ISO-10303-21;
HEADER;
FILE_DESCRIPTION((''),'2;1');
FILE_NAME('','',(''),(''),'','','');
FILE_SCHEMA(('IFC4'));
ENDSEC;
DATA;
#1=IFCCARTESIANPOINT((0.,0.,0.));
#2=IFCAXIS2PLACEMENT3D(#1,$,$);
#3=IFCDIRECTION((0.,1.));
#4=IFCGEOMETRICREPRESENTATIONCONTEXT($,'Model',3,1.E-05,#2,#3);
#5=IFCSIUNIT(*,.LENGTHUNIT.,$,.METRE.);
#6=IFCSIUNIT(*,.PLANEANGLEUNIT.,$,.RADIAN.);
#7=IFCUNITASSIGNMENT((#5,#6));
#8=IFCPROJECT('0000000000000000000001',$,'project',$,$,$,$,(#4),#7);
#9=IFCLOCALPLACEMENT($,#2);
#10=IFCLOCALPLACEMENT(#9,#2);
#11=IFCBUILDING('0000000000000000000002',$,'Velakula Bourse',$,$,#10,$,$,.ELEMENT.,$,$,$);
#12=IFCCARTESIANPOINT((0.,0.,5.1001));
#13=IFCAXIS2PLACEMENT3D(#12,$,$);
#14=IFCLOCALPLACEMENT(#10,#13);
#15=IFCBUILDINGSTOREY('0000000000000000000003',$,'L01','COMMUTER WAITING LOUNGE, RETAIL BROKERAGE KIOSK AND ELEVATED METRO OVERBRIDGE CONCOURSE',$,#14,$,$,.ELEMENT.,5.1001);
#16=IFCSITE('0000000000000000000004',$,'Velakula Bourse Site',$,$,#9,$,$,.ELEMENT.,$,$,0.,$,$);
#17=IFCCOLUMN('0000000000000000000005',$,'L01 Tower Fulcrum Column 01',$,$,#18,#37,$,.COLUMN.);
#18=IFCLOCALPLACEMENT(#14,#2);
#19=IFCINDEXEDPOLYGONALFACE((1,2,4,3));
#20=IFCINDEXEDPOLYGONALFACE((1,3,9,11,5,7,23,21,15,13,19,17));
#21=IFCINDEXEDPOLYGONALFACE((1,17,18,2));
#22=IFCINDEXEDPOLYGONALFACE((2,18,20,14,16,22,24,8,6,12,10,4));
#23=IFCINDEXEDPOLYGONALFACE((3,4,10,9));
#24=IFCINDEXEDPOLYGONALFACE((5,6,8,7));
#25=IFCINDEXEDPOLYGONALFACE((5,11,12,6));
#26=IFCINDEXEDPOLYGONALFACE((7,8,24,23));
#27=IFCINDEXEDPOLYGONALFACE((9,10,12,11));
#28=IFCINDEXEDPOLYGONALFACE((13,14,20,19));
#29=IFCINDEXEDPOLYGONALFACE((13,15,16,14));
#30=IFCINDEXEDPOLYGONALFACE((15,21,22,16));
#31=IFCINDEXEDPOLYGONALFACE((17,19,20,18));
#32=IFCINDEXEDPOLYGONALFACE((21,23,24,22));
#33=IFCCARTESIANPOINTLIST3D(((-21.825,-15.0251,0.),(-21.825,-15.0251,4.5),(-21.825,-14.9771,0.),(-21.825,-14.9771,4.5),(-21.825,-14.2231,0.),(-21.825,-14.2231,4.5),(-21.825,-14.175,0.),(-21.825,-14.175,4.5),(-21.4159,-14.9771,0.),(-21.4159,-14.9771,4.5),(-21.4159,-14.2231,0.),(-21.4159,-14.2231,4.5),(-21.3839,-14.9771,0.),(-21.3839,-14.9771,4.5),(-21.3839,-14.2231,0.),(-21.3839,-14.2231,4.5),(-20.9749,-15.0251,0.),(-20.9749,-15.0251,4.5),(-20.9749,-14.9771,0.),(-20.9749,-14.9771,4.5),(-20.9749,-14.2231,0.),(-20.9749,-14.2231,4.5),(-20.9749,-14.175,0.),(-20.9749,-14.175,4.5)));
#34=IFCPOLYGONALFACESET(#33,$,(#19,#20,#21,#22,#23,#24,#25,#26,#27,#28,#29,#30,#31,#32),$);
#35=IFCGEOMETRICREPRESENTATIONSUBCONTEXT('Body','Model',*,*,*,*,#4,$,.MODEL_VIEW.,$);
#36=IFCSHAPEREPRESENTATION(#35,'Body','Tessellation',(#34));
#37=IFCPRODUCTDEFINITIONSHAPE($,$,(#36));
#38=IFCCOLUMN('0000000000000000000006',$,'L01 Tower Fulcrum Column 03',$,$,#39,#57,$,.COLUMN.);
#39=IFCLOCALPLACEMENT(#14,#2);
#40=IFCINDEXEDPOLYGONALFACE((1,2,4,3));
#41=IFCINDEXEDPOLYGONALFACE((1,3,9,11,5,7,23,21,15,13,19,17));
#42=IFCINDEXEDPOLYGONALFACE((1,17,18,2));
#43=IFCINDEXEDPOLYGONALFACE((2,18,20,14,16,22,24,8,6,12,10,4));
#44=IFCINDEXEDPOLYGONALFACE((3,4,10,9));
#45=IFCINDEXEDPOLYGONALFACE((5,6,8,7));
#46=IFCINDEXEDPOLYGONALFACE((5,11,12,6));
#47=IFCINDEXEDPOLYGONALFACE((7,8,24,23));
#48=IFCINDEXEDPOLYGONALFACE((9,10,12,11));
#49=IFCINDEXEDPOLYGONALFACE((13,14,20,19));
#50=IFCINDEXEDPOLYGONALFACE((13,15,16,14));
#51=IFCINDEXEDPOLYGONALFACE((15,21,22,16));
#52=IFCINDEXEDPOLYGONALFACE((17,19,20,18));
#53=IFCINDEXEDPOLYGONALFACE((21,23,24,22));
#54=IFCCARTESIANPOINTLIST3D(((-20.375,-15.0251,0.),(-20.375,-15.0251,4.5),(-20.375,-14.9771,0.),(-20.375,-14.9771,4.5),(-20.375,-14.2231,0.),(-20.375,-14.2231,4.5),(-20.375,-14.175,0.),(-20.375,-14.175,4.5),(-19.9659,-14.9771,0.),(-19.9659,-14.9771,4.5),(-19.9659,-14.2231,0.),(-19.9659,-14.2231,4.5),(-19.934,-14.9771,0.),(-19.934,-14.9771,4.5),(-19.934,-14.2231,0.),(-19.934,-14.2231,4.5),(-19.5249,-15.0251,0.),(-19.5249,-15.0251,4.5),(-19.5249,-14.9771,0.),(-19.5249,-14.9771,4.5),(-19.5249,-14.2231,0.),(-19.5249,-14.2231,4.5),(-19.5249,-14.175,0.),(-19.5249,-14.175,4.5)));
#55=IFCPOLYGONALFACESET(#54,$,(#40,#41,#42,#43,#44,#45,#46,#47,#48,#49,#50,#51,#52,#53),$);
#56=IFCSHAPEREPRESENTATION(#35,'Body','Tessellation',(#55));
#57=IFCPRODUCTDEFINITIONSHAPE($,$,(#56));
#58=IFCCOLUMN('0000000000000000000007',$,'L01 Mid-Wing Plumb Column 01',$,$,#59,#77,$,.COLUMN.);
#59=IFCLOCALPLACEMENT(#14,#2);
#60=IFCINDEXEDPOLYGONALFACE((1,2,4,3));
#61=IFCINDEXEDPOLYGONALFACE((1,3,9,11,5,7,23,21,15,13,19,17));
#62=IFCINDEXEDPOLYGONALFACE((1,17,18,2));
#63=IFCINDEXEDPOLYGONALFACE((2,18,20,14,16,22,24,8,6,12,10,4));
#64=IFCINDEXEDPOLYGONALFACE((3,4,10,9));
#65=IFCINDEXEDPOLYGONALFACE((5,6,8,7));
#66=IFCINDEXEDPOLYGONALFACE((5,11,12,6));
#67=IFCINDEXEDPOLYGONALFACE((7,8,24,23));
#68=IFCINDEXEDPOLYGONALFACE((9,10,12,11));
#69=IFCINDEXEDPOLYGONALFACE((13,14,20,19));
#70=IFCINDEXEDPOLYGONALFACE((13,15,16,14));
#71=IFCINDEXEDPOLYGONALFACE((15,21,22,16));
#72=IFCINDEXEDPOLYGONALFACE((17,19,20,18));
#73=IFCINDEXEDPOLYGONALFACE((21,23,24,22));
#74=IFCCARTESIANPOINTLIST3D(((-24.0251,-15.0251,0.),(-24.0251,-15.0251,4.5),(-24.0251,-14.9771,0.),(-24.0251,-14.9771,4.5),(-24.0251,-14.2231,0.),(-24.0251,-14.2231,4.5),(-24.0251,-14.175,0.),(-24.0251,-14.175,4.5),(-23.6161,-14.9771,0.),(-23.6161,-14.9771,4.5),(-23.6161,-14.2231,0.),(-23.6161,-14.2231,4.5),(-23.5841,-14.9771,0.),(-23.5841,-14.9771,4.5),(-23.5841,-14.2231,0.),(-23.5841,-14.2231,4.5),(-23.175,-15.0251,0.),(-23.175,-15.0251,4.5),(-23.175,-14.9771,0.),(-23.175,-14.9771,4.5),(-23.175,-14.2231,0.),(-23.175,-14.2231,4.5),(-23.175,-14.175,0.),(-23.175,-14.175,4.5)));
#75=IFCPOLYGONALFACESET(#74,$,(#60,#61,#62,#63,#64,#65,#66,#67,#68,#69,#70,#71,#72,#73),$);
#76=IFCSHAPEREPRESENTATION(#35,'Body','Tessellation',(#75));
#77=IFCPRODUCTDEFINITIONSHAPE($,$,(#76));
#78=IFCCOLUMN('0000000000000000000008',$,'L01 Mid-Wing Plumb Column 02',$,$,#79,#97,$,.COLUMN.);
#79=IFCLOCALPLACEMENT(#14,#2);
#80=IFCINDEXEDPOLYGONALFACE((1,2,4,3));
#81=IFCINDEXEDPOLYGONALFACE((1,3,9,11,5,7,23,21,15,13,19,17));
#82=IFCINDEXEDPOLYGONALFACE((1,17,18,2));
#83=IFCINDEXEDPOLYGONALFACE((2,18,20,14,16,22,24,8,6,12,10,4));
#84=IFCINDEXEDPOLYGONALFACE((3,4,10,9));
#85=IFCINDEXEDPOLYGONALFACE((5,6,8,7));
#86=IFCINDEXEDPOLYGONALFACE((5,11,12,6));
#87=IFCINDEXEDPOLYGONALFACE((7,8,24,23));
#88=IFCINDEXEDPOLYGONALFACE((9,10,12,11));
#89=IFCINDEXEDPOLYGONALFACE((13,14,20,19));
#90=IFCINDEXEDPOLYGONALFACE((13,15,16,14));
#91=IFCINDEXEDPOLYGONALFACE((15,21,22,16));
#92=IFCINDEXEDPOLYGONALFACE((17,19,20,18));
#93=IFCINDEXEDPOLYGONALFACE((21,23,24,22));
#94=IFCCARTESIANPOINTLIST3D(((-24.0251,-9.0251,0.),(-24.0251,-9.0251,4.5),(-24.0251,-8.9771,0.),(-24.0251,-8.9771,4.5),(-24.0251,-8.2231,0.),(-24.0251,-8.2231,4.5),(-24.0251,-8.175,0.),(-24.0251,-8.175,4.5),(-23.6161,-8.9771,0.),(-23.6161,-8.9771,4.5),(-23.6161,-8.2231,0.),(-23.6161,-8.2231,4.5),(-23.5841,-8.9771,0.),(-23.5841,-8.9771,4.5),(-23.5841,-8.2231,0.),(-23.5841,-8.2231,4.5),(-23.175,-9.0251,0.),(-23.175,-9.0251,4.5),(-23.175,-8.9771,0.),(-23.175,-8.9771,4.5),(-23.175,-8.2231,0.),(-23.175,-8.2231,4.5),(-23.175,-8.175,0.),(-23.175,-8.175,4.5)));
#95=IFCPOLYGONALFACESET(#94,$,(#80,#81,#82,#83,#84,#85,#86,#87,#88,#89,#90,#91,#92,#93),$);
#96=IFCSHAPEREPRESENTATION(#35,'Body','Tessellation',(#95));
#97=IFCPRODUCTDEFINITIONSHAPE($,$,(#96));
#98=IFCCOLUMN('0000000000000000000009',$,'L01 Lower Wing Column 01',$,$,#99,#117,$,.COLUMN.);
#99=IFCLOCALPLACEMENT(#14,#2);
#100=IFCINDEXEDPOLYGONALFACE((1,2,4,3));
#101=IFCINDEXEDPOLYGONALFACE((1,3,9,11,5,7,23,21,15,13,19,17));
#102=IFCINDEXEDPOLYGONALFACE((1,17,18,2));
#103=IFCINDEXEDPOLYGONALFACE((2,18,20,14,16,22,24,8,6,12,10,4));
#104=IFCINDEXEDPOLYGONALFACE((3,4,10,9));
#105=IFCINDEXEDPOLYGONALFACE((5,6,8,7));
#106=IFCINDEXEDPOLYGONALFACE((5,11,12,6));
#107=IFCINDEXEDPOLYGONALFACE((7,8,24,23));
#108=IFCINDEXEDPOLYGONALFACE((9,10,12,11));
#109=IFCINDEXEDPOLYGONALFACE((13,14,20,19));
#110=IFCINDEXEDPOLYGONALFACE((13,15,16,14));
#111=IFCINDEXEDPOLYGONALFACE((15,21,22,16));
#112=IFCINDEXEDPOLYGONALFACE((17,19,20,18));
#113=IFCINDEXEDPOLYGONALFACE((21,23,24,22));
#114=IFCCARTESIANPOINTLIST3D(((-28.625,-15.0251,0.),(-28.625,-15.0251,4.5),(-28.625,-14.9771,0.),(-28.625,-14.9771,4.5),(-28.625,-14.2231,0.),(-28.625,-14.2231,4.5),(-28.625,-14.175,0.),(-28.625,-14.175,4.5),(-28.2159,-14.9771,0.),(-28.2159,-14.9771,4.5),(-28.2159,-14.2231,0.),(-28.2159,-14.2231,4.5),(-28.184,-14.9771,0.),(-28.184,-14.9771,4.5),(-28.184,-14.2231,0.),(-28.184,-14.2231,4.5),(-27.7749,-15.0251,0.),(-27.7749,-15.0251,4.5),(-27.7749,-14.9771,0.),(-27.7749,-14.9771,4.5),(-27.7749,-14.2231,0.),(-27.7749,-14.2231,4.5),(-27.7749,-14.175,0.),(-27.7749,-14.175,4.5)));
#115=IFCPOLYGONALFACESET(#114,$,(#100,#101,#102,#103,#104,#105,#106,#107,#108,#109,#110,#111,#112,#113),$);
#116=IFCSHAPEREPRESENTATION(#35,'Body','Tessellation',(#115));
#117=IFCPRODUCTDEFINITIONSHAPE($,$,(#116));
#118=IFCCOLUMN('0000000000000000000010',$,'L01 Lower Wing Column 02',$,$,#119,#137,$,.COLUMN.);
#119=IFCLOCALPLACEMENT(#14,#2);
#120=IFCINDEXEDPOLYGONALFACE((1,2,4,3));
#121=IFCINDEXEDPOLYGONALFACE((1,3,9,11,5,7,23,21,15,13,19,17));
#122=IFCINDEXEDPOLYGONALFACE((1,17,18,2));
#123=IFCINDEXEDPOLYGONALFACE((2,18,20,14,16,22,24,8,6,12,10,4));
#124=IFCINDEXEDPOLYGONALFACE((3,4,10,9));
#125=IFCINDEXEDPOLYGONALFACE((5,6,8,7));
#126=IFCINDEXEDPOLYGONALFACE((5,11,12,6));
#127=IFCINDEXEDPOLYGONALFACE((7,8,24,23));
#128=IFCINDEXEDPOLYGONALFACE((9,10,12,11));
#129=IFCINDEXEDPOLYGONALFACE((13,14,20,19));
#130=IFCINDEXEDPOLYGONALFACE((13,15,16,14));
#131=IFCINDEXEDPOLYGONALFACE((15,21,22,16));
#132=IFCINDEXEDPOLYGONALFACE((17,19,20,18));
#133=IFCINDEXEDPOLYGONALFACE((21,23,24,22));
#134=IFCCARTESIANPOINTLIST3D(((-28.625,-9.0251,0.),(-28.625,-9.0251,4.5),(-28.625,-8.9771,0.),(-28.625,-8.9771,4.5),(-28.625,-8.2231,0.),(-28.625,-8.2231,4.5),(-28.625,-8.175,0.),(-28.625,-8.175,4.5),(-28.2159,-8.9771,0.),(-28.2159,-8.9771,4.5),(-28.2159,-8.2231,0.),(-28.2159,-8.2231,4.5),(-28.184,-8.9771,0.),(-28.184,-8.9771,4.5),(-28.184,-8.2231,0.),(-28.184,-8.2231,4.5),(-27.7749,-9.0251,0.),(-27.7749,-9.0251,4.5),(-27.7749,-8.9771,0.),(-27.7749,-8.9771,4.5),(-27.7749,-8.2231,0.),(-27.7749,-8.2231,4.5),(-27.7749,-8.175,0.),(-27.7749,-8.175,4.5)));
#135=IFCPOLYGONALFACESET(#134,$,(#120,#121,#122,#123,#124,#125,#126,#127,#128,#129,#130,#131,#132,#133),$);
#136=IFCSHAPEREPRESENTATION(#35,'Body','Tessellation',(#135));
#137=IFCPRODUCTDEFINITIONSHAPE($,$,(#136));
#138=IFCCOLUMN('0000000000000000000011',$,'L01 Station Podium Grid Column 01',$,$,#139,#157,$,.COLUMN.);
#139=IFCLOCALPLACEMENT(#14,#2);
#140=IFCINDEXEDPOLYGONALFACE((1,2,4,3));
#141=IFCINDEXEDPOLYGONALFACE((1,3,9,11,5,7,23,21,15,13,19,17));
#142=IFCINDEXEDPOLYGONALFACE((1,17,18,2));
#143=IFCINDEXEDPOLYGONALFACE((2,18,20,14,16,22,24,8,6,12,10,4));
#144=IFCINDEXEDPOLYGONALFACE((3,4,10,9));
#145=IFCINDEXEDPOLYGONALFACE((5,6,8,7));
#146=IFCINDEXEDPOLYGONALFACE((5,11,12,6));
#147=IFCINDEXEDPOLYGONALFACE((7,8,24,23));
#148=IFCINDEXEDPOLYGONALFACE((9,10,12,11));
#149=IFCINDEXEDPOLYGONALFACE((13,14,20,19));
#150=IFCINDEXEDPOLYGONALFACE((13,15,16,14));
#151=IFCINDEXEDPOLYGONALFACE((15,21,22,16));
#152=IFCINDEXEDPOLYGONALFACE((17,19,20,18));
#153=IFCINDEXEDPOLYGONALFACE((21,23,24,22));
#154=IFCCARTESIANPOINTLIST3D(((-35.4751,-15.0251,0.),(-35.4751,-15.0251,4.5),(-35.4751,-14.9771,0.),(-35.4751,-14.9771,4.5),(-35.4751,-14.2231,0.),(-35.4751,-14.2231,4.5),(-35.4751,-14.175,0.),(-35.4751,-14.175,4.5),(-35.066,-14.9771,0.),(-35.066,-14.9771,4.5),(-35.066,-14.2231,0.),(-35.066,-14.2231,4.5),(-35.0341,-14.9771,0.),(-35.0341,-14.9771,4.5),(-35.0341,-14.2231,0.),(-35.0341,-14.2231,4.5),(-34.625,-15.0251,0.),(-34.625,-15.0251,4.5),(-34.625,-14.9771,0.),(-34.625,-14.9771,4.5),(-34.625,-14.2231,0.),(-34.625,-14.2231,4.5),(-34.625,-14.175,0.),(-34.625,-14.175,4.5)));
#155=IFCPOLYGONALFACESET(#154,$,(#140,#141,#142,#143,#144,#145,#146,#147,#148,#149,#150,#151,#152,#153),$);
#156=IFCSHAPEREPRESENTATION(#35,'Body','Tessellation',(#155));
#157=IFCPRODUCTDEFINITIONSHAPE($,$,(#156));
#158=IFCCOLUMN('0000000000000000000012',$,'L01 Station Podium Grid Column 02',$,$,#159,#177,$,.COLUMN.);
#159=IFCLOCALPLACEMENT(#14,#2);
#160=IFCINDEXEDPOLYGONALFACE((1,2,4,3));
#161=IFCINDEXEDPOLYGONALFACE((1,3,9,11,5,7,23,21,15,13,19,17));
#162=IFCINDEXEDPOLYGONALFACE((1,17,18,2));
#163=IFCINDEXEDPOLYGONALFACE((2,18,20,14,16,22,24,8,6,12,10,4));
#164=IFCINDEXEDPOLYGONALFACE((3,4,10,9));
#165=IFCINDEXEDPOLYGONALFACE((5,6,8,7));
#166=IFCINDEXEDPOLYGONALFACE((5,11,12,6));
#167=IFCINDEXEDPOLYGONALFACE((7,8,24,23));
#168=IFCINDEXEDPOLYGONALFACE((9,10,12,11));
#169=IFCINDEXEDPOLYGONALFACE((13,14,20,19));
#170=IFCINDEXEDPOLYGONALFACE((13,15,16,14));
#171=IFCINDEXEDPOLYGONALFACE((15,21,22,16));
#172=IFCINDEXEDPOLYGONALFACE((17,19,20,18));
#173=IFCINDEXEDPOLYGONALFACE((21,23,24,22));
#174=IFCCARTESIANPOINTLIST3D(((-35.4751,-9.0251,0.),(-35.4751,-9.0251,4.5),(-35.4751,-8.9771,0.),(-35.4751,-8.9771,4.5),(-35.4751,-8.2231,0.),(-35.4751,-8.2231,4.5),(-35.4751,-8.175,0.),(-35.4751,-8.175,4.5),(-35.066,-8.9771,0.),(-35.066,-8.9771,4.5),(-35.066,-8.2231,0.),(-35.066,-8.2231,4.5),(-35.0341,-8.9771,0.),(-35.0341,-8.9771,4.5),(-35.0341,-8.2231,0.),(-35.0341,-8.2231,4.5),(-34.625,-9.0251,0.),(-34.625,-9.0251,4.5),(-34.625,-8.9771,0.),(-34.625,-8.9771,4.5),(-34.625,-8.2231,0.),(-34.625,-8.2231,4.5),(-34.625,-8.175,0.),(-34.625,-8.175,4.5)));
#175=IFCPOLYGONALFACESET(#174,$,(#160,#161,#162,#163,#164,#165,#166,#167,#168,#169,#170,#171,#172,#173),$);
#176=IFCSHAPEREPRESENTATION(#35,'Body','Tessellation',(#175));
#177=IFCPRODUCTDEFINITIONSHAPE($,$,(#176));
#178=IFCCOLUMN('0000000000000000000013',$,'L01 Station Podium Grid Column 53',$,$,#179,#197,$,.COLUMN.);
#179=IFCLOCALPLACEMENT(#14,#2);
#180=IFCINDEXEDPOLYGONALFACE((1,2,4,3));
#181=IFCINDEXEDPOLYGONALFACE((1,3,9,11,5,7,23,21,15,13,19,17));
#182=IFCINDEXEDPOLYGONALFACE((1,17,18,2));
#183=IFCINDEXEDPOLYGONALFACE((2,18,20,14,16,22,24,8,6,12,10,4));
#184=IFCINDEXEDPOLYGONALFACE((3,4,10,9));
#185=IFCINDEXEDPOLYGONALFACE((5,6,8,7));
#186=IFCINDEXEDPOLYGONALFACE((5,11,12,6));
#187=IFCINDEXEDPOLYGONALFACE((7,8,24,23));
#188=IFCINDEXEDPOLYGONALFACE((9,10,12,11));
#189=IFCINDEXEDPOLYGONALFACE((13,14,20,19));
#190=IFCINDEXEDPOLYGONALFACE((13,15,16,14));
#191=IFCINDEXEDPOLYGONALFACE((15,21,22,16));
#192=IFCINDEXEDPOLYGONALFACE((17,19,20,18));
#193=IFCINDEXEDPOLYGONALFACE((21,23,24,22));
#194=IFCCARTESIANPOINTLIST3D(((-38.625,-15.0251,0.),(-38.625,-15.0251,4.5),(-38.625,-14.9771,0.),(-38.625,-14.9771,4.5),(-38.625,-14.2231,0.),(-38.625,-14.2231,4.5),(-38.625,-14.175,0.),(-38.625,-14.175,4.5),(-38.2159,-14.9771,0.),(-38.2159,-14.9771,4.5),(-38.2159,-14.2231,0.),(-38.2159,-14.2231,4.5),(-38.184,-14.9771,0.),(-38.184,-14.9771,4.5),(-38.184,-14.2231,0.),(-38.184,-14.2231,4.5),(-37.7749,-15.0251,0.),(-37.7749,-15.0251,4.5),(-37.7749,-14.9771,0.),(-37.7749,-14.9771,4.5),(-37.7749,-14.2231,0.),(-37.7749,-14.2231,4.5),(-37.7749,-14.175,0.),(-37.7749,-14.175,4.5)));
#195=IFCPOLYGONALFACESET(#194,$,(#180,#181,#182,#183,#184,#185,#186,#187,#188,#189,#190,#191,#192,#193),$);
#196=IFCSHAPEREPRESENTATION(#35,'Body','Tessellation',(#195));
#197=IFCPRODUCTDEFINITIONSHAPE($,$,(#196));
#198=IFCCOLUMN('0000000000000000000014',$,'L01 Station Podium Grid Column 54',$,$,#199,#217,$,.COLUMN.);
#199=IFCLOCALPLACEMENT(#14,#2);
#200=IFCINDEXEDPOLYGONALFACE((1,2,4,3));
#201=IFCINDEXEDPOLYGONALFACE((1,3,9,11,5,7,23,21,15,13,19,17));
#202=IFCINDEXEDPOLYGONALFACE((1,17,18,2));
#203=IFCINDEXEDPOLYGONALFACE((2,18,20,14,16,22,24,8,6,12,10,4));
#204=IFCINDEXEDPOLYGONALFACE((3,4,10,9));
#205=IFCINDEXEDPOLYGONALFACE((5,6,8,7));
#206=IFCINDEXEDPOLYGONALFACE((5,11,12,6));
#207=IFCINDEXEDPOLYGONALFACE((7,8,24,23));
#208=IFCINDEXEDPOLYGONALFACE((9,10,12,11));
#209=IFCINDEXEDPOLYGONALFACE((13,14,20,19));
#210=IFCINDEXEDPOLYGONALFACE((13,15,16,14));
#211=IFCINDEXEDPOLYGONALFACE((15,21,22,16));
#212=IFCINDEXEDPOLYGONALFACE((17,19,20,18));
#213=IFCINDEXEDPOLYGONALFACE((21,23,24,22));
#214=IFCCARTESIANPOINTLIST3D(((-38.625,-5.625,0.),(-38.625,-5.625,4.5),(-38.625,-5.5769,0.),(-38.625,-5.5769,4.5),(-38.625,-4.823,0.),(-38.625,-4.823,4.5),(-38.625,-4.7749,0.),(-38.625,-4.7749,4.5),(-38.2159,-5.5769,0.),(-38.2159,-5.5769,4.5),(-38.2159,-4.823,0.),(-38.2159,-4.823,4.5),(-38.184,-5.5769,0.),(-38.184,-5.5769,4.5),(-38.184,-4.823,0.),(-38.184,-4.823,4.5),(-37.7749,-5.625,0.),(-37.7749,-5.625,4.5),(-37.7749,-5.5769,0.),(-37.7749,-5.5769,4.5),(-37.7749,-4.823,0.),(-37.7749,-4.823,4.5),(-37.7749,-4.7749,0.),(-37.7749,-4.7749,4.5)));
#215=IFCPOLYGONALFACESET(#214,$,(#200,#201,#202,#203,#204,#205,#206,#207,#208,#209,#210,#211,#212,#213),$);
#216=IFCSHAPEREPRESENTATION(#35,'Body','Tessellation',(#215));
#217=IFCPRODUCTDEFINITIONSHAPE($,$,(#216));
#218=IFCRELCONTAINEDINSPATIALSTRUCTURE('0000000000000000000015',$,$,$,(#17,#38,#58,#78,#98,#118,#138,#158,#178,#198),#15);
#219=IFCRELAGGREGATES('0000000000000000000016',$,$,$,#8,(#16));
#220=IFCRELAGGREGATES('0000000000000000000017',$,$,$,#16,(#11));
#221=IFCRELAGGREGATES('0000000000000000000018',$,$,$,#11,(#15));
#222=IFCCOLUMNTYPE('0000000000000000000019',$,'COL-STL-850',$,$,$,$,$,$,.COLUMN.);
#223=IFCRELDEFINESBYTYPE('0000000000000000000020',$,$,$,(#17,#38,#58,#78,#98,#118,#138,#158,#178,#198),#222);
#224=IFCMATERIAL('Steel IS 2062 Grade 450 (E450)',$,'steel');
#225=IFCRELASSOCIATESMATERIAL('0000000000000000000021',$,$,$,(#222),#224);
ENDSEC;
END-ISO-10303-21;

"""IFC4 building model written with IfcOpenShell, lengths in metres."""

from ifc_helpers import new_model, si_unit, direction, frame, origin, origin_2d, place, context, subcontext, project, spatial, i_section, extrude, material, material_profile, profile_set, type_object, element, save


model = new_model("IFC4")

# Units and contexts
model_context = context("Model", 3, precision=1e-05, world=origin(), true_north=direction((0.0, 1.0)))
body_context = subcontext(model_context, "Body", "Model", "MODEL_VIEW")
ifc_project = project(units=[si_unit("LENGTHUNIT", "METRE"), si_unit("PLANEANGLEUNIT", "RADIAN")], contexts=[model_context])

# Site, building, storey
site_placement = place(None, origin())
site = spatial("IfcSite", under=ifc_project, at=site_placement, Name="Velakula Bourse Site", CompositionType="ELEMENT", RefElevation=0.0)
building_placement = place(site_placement, origin())
building = spatial("IfcBuilding", under=site, at=building_placement, Name="Velakula Bourse", CompositionType="ELEMENT")
storey_placement = place(building_placement, frame((0.0, 0.0, 5.1001)))
storey = spatial("IfcBuildingStorey", under=building, at=storey_placement, Name="L01", Description="COMMUTER WAITING LOUNGE, RETAIL BROKERAGE KIOSK AND ELEVATED METRO OVERBRIDGE CONCOURSE", CompositionType="ELEMENT", Elevation=5.1001)

# Columns
ifc_material_1 = material(Name="Steel IS 2062 Grade 450 (E450)", Category="steel")
ifc_material_profile_1 = material_profile(ifc_material_1, i_section(OverallWidth=0.8501, OverallDepth=0.8501, WebThickness=0.032, FlangeThickness=0.0481, at=origin_2d()), Name="Steel IS 2062 Grade 450 (E450)")
ifc_profile_set_1 = profile_set([ifc_material_profile_1], Name="Steel IS 2062 Grade 450 (E450)")
column_type = type_object("IfcColumnType", Name="COL-STL-850", PredefinedType="COLUMN", material=ifc_profile_set_1)
for number, where, z_axis, x_axis, name in (
    (1, (-21.3999, -14.6001, 0.0), (0.0, 0.0, 1.0), (1.0, 0.0, 0.0), "L01 Tower Fulcrum Column 01"),
    (2, (-19.95, -14.6001, 0.0), (0.0, 0.0, 1.0), (1.0, 0.0, 0.0), "L01 Tower Fulcrum Column 03"),
    (3, (-23.6001, -14.6001, 0.0), (0.0, 0.0, 1.0), (1.0, 0.0, 0.0), "L01 Mid-Wing Plumb Column 01"),
    (4, (-23.6001, -8.6001, 0.0), (0.0, 0.0, 1.0), (1.0, 0.0, 0.0), "L01 Mid-Wing Plumb Column 02"),
    (5, (-28.2, -14.6001, 0.0), (0.0, 0.0, 1.0), (1.0, 0.0, 0.0), "L01 Lower Wing Column 01"),
    (6, (-28.2, -8.6001, 0.0), (0.0, 0.0, 1.0), (1.0, 0.0, 0.0), "L01 Lower Wing Column 02"),
    (7, (-35.05, -14.6001, 0.0), (0.0, 0.0, 1.0), (1.0, 0.0, 0.0), "L01 Station Podium Grid Column 01"),
    (8, (-35.05, -8.6001, 0.0), (0.0, 0.0, 1.0), (1.0, 0.0, 0.0), "L01 Station Podium Grid Column 02"),
    (9, (-38.2, -14.6001, 0.0), (0.0, 0.0, 1.0), (1.0, 0.0, 0.0), "L01 Station Podium Grid Column 53"),
    (10, (-38.2, -5.2, 0.0), (0.0, 0.0, 1.0), (1.0, 0.0, 0.0), "L01 Station Podium Grid Column 54"),
):
    element("IfcColumn", number, at=place(storey_placement, frame(where, z_axis=z_axis, x_axis=x_axis)), inside=storey, type_object=column_type, Name=name, PredefinedType="COLUMN", context=body_context, shape_type="SweptSolid", body=[
        extrude(i_section(OverallWidth=0.8501, OverallDepth=0.8501, WebThickness=0.032, FlangeThickness=0.0481, at=origin_2d()), origin(), (0.0, 0.0, 1.0), 4.5),
    ])

save(model, "model.ifc")
